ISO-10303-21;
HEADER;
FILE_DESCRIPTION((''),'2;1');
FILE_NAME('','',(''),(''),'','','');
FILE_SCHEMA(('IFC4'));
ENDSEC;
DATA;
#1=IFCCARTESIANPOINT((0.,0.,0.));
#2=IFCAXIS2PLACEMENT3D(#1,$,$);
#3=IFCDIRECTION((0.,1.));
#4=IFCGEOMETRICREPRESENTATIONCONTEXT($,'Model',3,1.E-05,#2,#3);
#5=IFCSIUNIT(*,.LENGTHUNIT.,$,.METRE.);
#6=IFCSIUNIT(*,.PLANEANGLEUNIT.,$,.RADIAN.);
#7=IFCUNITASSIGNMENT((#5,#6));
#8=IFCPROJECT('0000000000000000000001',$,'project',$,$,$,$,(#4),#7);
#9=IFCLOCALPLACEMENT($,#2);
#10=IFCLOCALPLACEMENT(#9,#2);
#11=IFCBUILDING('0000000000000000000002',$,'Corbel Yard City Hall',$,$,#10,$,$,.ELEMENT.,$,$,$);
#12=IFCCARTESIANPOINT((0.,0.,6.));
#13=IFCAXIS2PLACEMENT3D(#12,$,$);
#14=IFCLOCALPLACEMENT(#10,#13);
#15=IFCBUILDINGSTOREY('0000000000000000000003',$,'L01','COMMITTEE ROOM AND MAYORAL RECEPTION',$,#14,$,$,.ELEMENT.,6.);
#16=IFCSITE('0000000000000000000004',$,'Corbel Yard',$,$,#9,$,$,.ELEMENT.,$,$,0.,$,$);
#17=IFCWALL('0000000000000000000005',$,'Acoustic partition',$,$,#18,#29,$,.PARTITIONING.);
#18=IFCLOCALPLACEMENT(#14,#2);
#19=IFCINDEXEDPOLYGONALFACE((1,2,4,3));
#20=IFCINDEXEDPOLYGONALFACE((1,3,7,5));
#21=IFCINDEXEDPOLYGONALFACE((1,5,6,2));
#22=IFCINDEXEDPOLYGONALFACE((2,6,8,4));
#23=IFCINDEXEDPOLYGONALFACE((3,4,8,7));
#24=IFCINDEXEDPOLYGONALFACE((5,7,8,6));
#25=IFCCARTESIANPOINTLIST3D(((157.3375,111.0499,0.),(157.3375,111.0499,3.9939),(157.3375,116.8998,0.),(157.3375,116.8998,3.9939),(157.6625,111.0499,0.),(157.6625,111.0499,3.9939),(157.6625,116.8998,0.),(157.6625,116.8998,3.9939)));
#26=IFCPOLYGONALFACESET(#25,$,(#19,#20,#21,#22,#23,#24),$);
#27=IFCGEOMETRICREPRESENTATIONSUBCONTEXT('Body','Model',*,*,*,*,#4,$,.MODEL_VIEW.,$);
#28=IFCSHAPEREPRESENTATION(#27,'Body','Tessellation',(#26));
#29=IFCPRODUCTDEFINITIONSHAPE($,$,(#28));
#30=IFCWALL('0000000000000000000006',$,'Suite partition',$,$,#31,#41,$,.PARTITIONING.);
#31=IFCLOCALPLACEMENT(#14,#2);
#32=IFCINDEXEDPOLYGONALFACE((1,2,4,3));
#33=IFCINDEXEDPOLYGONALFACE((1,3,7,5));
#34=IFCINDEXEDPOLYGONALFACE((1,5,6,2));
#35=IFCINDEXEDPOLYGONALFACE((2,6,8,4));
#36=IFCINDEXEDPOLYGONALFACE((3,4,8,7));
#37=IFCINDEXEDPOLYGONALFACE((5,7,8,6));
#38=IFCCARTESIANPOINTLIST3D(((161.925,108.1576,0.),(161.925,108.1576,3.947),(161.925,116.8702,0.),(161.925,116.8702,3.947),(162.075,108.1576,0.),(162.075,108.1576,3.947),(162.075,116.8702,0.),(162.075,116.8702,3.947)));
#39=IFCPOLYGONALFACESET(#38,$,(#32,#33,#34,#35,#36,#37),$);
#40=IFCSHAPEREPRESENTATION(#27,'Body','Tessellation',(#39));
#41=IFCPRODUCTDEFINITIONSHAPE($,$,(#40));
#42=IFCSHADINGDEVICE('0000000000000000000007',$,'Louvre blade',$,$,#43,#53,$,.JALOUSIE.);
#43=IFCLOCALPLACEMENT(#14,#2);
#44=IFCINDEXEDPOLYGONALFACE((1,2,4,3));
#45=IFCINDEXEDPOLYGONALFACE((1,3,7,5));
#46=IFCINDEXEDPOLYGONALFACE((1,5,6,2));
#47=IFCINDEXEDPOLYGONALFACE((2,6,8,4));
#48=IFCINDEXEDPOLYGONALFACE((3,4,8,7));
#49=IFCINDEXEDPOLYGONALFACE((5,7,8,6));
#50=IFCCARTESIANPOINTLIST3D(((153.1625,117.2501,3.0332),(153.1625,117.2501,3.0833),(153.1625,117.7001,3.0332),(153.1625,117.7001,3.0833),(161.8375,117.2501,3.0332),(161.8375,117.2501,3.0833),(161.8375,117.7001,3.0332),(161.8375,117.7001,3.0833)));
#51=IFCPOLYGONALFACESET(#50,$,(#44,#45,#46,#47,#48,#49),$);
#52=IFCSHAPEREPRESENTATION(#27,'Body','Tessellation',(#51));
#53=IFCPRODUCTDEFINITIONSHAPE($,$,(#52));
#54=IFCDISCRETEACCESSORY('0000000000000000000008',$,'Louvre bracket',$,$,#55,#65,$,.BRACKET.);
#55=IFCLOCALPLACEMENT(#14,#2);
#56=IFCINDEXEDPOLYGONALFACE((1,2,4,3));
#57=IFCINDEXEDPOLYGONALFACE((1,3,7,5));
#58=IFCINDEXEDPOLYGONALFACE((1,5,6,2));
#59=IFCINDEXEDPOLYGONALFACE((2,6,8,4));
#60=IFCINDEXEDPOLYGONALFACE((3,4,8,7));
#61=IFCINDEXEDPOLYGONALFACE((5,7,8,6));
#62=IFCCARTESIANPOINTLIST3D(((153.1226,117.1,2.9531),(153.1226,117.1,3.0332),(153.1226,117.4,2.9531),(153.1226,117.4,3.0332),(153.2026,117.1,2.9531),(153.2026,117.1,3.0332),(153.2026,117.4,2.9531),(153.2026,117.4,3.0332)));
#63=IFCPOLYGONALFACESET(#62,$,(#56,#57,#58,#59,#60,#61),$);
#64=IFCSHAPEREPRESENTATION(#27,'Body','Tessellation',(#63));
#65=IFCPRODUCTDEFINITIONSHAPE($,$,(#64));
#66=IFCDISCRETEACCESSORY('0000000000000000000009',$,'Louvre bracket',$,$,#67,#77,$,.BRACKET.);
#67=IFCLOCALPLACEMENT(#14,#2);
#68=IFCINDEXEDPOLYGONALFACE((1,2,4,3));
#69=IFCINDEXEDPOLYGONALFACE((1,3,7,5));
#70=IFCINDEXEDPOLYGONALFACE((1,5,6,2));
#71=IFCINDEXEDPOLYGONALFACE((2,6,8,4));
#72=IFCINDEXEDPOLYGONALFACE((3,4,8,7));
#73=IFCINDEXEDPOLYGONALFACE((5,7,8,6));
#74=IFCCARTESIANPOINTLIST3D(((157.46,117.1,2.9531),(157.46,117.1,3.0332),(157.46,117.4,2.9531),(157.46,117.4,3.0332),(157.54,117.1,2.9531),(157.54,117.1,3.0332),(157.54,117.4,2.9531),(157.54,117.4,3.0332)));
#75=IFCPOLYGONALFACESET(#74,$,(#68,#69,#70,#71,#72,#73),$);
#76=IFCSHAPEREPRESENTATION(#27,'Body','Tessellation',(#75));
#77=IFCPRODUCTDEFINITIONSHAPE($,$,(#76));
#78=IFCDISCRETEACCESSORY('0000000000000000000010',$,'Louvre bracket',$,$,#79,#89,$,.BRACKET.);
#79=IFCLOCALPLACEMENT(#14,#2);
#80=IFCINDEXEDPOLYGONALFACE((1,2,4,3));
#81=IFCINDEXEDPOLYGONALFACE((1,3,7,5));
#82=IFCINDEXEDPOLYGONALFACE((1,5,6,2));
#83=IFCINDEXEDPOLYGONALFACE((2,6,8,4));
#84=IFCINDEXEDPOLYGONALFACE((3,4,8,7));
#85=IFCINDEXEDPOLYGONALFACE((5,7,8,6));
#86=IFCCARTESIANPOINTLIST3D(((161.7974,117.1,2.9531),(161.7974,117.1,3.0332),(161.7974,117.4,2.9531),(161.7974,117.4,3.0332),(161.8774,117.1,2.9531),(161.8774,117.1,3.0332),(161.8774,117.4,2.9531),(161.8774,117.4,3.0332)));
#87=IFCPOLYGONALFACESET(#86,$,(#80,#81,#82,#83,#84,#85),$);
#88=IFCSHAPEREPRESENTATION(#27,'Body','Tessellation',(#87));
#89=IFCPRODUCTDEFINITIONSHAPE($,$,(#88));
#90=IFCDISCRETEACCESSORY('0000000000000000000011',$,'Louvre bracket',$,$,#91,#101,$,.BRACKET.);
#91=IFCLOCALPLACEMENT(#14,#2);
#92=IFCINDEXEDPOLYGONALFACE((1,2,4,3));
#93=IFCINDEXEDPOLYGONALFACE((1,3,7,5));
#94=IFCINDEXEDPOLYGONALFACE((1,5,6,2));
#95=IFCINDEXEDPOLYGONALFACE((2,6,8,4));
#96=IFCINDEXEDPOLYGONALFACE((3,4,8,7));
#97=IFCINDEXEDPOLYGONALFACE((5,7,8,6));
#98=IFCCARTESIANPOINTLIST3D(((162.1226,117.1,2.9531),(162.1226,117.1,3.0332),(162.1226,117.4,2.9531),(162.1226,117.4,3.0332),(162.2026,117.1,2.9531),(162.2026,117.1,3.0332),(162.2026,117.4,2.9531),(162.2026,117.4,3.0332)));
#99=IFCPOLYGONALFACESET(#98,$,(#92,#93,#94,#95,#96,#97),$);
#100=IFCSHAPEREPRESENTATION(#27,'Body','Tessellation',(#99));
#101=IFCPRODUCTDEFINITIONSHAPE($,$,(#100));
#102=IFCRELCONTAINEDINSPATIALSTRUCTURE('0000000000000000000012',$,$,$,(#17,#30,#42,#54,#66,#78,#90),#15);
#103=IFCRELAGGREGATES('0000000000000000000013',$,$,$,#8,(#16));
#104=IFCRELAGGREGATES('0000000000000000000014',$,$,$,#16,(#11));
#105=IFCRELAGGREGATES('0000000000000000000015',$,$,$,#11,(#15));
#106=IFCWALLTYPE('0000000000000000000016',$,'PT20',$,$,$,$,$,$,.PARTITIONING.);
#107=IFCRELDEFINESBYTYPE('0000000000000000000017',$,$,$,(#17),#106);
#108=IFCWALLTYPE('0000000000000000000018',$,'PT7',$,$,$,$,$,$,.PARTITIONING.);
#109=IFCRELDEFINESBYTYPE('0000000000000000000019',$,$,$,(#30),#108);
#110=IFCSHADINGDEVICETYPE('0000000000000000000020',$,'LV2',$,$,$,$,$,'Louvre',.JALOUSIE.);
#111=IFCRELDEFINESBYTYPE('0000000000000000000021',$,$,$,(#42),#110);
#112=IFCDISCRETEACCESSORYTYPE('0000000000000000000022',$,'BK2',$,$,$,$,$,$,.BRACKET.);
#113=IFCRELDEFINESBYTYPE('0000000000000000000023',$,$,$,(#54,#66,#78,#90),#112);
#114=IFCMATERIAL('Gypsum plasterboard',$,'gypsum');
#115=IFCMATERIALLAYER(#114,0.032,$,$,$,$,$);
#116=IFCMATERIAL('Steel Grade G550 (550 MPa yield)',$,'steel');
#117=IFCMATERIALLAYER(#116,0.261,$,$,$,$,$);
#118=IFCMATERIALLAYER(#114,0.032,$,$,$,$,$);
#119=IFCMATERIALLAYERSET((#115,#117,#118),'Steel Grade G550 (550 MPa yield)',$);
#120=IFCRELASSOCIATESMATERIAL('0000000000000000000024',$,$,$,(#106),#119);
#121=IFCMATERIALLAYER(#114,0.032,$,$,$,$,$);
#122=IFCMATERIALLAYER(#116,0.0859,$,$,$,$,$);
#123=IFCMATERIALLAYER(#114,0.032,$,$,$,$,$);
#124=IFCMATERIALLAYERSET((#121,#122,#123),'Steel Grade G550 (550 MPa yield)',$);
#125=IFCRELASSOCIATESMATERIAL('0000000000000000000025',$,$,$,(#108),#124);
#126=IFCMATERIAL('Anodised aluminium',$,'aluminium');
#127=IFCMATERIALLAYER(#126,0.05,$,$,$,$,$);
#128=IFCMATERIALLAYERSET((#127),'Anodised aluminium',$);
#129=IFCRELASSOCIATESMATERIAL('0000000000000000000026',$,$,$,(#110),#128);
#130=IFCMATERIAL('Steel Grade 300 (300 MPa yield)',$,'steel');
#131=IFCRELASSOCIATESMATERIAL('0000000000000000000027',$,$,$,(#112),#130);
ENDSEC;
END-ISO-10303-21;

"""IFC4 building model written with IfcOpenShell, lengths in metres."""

from ifc_helpers import new_model, si_unit, direction, frame, frame_2d, origin, origin_2d, place, context, subcontext, project, spatial, rectangle, extrude, material, layer, layer_set, type_object, element, save


model = new_model("IFC4")

# Units and contexts
model_context = context("Model", 3, precision=1e-05, world=origin(), true_north=direction((0.0, 1.0)))
body_context = subcontext(model_context, "Body", "Model", "MODEL_VIEW")
ifc_project = project(units=[si_unit("LENGTHUNIT", "METRE"), si_unit("PLANEANGLEUNIT", "RADIAN")], contexts=[model_context])

# Site, building, storey
site_placement = place(None, origin())
site = spatial("IfcSite", under=ifc_project, at=site_placement, Name="Corbel Yard", CompositionType="ELEMENT", RefElevation=0.0)
building_placement = place(site_placement, origin())
building = spatial("IfcBuilding", under=site, at=building_placement, Name="Corbel Yard City Hall", CompositionType="ELEMENT")
storey_placement = place(building_placement, frame((0.0, 0.0, 6.0)))
storey = spatial("IfcBuildingStorey", under=building, at=storey_placement, Name="L01", Description="COMMITTEE ROOM AND MAYORAL RECEPTION", CompositionType="ELEMENT", Elevation=6.0)

# Shared definitions
ifc_material_1 = material(Name="Steel Grade 300 (300 MPa yield)", Category="steel")

# Walls
ifc_material_2 = material(Name="Gypsum plasterboard", Category="gypsum")
ifc_layer_1 = layer(ifc_material_2, 0.032)
ifc_material_3 = material(Name="Steel Grade G550 (550 MPa yield)", Category="steel")
ifc_layer_2 = layer(ifc_material_3, 0.261)
ifc_layer_3 = layer(ifc_material_2, 0.032)
ifc_layer_set_1 = layer_set([ifc_layer_1, ifc_layer_2, ifc_layer_3], Name="Steel Grade G550 (550 MPa yield)")
wall_type_1 = type_object("IfcWallType", Name="PT20", PredefinedType="PARTITIONING", material=ifc_layer_set_1)
wall_1_placement = place(storey_placement, frame((157.5, 111.05, 0.0), z_axis=(0.0, 0.0, 1.0), x_axis=(0.0, 1.0, 0.0)))
element("IfcWall", 1, at=wall_1_placement, inside=storey, type_object=wall_type_1, Name="Acoustic partition", PredefinedType="PARTITIONING", context=body_context, shape_type="SweptSolid", body=[
    extrude(rectangle(XDim=5.8499, YDim=0.325, at=frame_2d((2.9248, 0.0))), origin(), (0.0, 0.0, 1.0), 3.9939),
])
ifc_layer_4 = layer(ifc_material_2, 0.032)
ifc_layer_5 = layer(ifc_material_3, 0.0859)
ifc_layer_6 = layer(ifc_material_2, 0.032)
ifc_layer_set_2 = layer_set([ifc_layer_4, ifc_layer_5, ifc_layer_6], Name="Steel Grade G550 (550 MPa yield)")
wall_type_2 = type_object("IfcWallType", Name="PT7", PredefinedType="PARTITIONING", material=ifc_layer_set_2)
wall_2_placement = place(storey_placement, frame((162.0, 108.1575, 0.0), z_axis=(0.0, 0.0, 1.0), x_axis=(0.0, 1.0, 0.0)))
element("IfcWall", 2, at=wall_2_placement, inside=storey, type_object=wall_type_2, Name="Suite partition", PredefinedType="PARTITIONING", context=body_context, shape_type="SweptSolid", body=[
    extrude(rectangle(XDim=8.7126, YDim=0.1499, at=frame_2d((4.3564, 0.0))), origin(), (0.0, 0.0, 1.0), 3.947),
])

# Shading device
ifc_material_4 = material(Name="Anodised aluminium", Category="aluminium")
ifc_layer_7 = layer(ifc_material_4, 0.05)
ifc_layer_set_3 = layer_set([ifc_layer_7], Name="Anodised aluminium")
shading_device_type = type_object("IfcShadingDeviceType", Name="LV2", ElementType="Louvre", PredefinedType="JALOUSIE", material=ifc_layer_set_3)
shading_device_placement = place(storey_placement, frame((157.5, 117.4751, 3.0332), z_axis=(0.0, 0.0, 1.0), x_axis=(1.0, 0.0, 0.0)))
element("IfcShadingDevice", 3, at=shading_device_placement, inside=storey, type_object=shading_device_type, Name="Louvre blade", PredefinedType="JALOUSIE", context=body_context, shape_type="SweptSolid", body=[
    extrude(rectangle(XDim=8.675, YDim=0.45, at=origin_2d()), origin(), (0.0, 0.0, 1.0), 0.05),
])

# Discrete accessories
discrete_accessory_type = type_object("IfcDiscreteAccessoryType", Name="BK2", PredefinedType="BRACKET", material=ifc_material_1)
for number, where, z_axis, x_axis, name in (
    (4, (153.1626, 117.25, 2.9531), (0.0, 0.0, 1.0), (1.0, 0.0, 0.0), "Louvre bracket"),
    (5, (157.5, 117.25, 2.9531), (0.0, 0.0, 1.0), (1.0, 0.0, 0.0), "Louvre bracket"),
    (6, (161.8374, 117.25, 2.9531), (0.0, 0.0, 1.0), (1.0, 0.0, 0.0), "Louvre bracket"),
    (7, (162.1626, 117.25, 2.9531), (0.0, 0.0, 1.0), (1.0, 0.0, 0.0), "Louvre bracket"),
):
    element("IfcDiscreteAccessory", number, at=place(storey_placement, frame(where, z_axis=z_axis, x_axis=x_axis)), inside=storey, type_object=discrete_accessory_type, Name=name, PredefinedType="BRACKET", context=body_context, shape_type="SweptSolid", body=[
        extrude(rectangle(XDim=0.0801, YDim=0.3, at=origin_2d()), origin(), (0.0, 0.0, 1.0), 0.0801),
    ])

save(model, "model.ifc")
